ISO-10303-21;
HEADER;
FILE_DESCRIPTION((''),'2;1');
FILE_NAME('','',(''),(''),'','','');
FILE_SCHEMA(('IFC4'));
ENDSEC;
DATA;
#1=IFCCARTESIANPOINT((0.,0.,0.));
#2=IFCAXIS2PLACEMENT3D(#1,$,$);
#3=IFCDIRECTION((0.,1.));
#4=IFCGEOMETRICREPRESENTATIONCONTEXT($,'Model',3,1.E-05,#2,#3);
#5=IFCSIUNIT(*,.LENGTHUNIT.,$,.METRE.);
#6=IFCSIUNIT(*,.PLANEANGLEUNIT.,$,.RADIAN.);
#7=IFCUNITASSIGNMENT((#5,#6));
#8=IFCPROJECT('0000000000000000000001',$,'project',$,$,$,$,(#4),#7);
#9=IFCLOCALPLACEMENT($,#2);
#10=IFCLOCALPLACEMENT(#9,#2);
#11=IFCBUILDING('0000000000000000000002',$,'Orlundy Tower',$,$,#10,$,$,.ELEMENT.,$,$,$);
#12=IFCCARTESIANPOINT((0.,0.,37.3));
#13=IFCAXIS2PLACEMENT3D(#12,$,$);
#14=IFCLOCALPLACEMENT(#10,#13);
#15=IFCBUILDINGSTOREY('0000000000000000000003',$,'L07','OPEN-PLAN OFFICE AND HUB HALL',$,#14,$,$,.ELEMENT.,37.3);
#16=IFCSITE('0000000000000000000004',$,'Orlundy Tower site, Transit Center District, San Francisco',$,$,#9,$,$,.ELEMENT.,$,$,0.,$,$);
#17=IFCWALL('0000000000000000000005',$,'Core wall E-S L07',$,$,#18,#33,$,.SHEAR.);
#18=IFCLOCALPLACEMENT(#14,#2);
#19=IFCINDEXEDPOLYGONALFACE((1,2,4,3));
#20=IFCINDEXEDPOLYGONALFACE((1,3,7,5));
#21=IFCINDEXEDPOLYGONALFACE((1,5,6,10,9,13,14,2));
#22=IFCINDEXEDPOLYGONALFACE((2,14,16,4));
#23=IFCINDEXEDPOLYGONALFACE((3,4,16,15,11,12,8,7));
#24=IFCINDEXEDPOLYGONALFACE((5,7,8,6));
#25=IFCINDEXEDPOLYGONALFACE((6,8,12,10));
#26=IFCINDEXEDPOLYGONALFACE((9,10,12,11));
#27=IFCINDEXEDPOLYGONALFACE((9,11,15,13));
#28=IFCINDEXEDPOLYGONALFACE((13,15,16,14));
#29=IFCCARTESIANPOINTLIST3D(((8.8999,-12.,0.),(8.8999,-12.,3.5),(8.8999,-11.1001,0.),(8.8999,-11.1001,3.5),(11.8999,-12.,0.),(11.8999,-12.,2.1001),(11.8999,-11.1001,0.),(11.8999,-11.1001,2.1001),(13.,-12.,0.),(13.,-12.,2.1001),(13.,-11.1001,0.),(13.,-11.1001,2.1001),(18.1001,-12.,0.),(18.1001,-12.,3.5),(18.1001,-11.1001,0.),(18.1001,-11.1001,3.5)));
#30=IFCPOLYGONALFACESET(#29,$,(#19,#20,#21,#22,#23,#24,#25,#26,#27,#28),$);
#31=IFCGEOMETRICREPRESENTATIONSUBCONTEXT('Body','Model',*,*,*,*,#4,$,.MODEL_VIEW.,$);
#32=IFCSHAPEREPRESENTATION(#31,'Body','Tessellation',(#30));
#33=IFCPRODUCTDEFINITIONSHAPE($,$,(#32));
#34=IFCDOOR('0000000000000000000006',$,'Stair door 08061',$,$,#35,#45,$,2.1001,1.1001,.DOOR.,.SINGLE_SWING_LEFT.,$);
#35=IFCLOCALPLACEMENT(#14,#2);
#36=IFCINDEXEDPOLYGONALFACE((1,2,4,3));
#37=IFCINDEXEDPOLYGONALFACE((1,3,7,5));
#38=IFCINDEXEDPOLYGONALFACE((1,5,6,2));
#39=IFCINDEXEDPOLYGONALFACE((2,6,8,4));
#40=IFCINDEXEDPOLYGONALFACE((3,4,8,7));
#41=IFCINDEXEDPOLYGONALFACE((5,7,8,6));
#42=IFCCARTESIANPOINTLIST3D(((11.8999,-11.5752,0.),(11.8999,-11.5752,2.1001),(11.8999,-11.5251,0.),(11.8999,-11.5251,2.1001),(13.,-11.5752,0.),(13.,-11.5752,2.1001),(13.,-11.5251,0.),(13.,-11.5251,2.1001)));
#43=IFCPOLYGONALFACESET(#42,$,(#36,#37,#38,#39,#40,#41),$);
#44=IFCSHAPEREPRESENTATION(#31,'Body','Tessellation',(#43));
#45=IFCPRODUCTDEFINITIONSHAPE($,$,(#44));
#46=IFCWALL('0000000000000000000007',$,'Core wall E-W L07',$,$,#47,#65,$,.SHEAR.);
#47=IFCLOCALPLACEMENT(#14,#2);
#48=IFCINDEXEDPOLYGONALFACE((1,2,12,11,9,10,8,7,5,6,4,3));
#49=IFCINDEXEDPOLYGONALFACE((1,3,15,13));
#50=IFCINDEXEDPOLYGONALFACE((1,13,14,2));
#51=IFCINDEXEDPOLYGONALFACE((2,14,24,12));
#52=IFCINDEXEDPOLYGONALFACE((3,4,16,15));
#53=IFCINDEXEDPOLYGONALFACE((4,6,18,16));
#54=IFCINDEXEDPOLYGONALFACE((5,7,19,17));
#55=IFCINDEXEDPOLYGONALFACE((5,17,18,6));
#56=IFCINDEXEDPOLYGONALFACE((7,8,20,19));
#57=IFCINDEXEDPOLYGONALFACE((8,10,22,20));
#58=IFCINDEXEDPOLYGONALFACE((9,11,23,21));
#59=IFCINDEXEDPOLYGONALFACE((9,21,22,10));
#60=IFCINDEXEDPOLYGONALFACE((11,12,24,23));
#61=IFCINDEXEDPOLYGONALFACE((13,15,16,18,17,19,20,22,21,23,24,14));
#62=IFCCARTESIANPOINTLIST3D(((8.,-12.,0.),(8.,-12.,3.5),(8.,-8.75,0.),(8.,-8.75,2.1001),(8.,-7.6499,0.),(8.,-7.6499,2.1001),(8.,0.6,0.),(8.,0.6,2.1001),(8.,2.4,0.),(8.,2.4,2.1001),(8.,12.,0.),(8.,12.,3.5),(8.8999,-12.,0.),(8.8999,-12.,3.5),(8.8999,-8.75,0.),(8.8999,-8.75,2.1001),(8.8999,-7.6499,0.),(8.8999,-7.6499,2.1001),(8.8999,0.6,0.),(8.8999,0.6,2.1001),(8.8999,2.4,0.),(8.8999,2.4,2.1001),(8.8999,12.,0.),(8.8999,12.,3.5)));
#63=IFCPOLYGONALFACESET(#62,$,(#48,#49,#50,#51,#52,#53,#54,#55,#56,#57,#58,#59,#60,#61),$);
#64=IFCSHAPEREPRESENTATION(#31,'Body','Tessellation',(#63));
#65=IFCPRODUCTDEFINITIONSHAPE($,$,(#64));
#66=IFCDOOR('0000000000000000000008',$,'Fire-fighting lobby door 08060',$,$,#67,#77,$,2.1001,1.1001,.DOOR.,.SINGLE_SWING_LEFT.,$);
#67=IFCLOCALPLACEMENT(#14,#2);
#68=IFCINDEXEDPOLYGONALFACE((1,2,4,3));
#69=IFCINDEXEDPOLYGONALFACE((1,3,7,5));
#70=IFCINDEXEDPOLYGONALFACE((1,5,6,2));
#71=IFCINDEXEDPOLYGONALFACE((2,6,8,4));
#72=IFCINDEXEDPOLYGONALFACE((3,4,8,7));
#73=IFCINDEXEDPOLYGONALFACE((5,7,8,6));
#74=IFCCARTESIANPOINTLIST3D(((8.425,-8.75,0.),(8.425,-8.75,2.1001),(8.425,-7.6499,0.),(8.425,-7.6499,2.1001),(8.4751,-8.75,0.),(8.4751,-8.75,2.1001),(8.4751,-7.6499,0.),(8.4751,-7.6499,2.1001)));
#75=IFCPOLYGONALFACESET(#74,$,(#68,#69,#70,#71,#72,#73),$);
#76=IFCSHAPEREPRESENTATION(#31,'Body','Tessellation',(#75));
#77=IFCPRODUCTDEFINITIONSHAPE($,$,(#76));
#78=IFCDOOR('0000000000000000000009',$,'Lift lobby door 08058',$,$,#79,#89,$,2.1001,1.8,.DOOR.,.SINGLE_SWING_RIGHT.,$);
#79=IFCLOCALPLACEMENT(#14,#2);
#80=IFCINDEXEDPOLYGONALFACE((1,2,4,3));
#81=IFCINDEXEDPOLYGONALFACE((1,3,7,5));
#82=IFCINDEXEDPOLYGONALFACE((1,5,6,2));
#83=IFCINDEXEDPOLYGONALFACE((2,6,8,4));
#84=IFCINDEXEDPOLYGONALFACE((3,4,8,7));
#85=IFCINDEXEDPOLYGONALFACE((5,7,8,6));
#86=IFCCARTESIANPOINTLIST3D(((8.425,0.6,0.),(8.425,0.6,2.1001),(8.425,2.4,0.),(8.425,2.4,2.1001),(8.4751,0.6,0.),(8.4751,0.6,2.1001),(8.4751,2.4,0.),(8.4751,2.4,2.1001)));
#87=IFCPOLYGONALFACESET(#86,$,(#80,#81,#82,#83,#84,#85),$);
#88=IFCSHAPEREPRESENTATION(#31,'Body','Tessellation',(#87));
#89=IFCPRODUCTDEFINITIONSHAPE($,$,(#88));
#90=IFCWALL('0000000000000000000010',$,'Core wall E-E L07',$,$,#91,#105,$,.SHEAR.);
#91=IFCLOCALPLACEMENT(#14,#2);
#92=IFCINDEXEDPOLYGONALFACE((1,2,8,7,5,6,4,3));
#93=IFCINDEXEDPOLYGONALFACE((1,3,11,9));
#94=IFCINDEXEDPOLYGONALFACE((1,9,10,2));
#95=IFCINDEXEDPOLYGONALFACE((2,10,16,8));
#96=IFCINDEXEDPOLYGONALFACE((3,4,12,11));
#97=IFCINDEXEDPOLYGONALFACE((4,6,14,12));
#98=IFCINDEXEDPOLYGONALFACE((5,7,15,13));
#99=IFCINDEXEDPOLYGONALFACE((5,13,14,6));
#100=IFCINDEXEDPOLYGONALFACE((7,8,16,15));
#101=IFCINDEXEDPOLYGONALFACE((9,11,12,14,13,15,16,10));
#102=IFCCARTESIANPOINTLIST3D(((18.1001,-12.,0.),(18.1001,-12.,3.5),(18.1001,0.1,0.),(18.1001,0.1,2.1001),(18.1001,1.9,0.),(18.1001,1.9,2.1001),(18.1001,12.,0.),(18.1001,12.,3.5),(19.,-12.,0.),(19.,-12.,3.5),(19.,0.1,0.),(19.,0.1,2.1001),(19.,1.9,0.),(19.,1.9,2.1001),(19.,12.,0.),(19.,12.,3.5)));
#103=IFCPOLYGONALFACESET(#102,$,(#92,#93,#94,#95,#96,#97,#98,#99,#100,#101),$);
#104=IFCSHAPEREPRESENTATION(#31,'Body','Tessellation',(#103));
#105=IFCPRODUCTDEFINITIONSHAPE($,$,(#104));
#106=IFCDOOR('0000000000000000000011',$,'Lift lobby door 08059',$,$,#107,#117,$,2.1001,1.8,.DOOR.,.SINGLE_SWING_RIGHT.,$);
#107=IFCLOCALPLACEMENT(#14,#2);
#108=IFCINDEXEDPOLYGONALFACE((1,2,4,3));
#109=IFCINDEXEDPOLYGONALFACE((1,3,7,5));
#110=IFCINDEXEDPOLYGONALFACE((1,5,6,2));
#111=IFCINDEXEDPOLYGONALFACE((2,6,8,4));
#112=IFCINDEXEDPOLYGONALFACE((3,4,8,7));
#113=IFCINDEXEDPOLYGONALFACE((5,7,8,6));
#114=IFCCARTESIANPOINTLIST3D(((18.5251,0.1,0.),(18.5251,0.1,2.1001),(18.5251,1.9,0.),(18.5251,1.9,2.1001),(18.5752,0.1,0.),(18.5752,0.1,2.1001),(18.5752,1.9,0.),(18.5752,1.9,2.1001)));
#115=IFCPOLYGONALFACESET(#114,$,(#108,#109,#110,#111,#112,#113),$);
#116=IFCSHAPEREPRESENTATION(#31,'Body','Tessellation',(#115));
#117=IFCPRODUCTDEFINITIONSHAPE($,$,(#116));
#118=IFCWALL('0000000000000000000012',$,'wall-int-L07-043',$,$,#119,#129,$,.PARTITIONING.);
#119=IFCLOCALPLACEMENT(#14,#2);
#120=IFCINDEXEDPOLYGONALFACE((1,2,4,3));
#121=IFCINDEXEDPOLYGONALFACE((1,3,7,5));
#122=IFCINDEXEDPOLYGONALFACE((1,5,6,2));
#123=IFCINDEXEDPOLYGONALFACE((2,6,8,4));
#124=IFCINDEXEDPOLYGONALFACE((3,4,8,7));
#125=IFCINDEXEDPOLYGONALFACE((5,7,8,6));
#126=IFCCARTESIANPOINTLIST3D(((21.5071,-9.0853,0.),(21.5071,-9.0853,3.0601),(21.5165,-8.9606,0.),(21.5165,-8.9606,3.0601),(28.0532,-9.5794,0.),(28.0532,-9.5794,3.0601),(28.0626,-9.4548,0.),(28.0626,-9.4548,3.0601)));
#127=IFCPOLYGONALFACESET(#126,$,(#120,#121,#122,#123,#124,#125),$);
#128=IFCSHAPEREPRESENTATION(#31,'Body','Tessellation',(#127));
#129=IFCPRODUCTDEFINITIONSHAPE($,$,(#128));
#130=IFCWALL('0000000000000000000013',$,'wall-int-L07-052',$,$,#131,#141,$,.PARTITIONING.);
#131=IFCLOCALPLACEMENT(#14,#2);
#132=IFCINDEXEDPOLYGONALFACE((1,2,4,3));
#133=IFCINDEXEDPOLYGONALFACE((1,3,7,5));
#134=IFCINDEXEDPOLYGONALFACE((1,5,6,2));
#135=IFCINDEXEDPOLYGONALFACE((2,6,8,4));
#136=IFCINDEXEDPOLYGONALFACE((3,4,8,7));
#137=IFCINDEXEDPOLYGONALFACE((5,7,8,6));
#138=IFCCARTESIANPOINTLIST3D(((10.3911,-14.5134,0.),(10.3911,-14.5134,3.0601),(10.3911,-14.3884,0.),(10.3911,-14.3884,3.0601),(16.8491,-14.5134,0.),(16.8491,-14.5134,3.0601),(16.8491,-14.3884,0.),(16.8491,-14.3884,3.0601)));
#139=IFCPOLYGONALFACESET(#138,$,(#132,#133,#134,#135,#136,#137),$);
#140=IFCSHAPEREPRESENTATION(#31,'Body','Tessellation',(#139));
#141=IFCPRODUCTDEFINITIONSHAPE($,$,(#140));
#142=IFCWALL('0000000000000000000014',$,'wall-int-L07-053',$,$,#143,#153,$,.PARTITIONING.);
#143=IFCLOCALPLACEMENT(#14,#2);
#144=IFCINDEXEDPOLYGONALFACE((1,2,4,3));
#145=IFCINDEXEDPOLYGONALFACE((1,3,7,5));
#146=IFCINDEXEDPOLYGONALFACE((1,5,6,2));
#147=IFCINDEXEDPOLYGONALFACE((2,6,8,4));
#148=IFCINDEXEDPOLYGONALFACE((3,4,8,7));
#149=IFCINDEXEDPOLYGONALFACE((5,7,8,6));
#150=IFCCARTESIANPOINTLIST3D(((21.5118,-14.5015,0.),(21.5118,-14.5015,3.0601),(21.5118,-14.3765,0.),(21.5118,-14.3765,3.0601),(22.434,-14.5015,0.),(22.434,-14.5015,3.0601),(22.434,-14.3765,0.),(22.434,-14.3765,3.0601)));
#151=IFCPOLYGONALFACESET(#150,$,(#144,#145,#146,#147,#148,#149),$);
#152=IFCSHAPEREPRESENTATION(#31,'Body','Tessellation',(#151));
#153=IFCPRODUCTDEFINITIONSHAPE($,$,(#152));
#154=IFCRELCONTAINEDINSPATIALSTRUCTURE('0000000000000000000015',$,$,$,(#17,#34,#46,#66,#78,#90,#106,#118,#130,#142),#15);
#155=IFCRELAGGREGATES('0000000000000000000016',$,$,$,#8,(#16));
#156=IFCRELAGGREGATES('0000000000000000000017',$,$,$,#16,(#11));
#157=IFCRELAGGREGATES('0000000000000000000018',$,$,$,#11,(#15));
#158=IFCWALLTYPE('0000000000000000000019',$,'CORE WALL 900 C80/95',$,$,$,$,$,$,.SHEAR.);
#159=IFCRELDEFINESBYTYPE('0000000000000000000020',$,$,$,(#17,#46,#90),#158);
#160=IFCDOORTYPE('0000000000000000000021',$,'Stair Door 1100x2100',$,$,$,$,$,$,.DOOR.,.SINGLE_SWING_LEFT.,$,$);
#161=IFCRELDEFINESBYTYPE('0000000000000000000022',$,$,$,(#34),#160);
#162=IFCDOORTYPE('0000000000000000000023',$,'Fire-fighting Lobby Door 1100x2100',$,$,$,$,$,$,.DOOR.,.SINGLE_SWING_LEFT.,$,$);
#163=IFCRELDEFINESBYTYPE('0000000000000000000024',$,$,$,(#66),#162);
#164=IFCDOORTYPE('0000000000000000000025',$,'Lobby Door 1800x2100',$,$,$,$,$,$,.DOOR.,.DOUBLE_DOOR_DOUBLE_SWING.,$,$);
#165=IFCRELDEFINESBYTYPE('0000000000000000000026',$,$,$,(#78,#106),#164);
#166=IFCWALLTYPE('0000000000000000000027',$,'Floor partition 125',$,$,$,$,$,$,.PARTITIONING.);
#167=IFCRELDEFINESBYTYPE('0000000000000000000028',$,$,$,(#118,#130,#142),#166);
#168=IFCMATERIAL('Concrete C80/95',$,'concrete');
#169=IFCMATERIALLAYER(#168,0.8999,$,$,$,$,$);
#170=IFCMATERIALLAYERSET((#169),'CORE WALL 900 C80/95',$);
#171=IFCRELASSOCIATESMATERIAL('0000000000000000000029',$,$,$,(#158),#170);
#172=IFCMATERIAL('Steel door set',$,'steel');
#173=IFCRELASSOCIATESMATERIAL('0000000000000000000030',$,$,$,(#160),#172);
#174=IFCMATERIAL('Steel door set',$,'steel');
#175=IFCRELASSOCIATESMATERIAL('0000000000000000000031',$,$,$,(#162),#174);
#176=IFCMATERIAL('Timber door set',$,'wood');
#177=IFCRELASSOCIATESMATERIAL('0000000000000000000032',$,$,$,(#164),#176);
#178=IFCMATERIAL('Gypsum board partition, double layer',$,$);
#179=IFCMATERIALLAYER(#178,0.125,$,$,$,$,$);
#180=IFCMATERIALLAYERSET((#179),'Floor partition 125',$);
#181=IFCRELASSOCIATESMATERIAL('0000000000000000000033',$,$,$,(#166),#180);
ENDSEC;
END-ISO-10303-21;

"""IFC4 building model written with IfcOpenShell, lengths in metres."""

from ifc_helpers import new_model, si_unit, direction, frame, frame_2d, origin, place, context, subcontext, project, spatial, rectangle, extrude, material, layer, layer_set, type_object, element, fill, save


model = new_model("IFC4")

# Units and contexts
model_context = context("Model", 3, precision=1e-05, world=origin(), true_north=direction((0.0, 1.0)))
body_context = subcontext(model_context, "Body", "Model", "MODEL_VIEW")
ifc_project = project(units=[si_unit("LENGTHUNIT", "METRE"), si_unit("PLANEANGLEUNIT", "RADIAN")], contexts=[model_context])

# Site, building, storey
site_placement = place(None, origin())
site = spatial("IfcSite", under=ifc_project, at=site_placement, Name="Orlundy Tower site, Transit Center District, San Francisco", CompositionType="ELEMENT", RefElevation=0.0)
building_placement = place(site_placement, origin())
building = spatial("IfcBuilding", under=site, at=building_placement, Name="Orlundy Tower", CompositionType="ELEMENT")
storey_placement = place(building_placement, frame((0.0, 0.0, 37.3)))
storey = spatial("IfcBuildingStorey", under=building, at=storey_placement, Name="L07", Description="OPEN-PLAN OFFICE AND HUB HALL", CompositionType="ELEMENT", Elevation=37.3)

# Wall, opening, door
ifc_material_1 = material(Name="Concrete C80/95", Category="concrete")
ifc_layer_1 = layer(ifc_material_1, 0.8999)
ifc_layer_set_1 = layer_set([ifc_layer_1], Name="CORE WALL 900 C80/95")
wall_type_1 = type_object("IfcWallType", Name="CORE WALL 900 C80/95", PredefinedType="SHEAR", material=ifc_layer_set_1)
wall_1_placement = place(storey_placement, frame((8.8999, -11.55, 0.0), z_axis=(0.0, 0.0, 1.0), x_axis=(1.0, 0.0, 0.0)))
wall_1 = element("IfcWall", 1, at=wall_1_placement, inside=storey, type_object=wall_type_1, Name="Core wall E-S L07", PredefinedType="SHEAR", context=body_context, shape_type="SweptSolid", body=[
    extrude(rectangle(XDim=9.2002, YDim=0.8999, at=frame_2d((4.6001, 0.0))), origin(), (0.0, 0.0, 1.0), 3.5),
])
opening_1_placement = place(wall_1_placement, frame((3.0, 0.0, 0.0)))
opening_1 = element("IfcOpeningElement", 2, at=opening_1_placement, cuts=wall_1, PredefinedType="OPENING", context=body_context, shape_type="SweptSolid", body=[
    extrude(rectangle(XDim=1.1001, YDim=2.1001, at=frame_2d((0.55, 1.05))), frame((0.0, 0.46, 0.0), z_axis=(0.0, -1.0, 0.0), x_axis=(1.0, 0.0, 0.0)), (0.0, 0.0, 1.0), 0.9199),
])
ifc_material_2 = material(Name="Steel door set", Category="steel")
door_type_1 = type_object("IfcDoorType", Name="Stair Door 1100x2100", OperationType="SINGLE_SWING_LEFT", PredefinedType="DOOR", material=ifc_material_2)
door_1_placement = place(opening_1_placement, origin())
door_1 = element("IfcDoor", 3, at=door_1_placement, inside=storey, type_object=door_type_1, Name="Stair door 08061", OperationType="SINGLE_SWING_LEFT", OverallHeight=2.1001, OverallWidth=1.1001, PredefinedType="DOOR", context=body_context, shape_type="SweptSolid", body=[
    extrude(rectangle(XDim=1.1001, YDim=2.1001, at=frame_2d((0.55, 1.05))), frame((0.0, 0.0249, 0.0), z_axis=(0.0, -1.0, 0.0), x_axis=(1.0, 0.0, 0.0)), (0.0, 0.0, 1.0), 0.05),
])
fill(opening_1, door_1)

# Wall, openings, doors
wall_2_placement = place(storey_placement, frame((8.45, -12.0, 0.0), z_axis=(0.0, 0.0, 1.0), x_axis=(0.0, 1.0, 0.0)))
wall_2 = element("IfcWall", 4, at=wall_2_placement, inside=storey, type_object=wall_type_1, Name="Core wall E-W L07", PredefinedType="SHEAR", context=body_context, shape_type="SweptSolid", body=[
    extrude(rectangle(XDim=24.0, YDim=0.8999, at=frame_2d((12.0, 0.0))), origin(), (0.0, 0.0, 1.0), 3.5),
])
opening_2_placement = place(wall_2_placement, frame((12.6001, 0.0, 0.0)))
opening_2 = element("IfcOpeningElement", 5, at=opening_2_placement, cuts=wall_2, PredefinedType="OPENING", context=body_context, shape_type="SweptSolid", body=[
    extrude(rectangle(XDim=1.8, YDim=2.1001, at=frame_2d((0.8999, 1.05))), frame((0.0, 0.46, 0.0), z_axis=(0.0, -1.0, 0.0), x_axis=(1.0, 0.0, 0.0)), (0.0, 0.0, 1.0), 0.9199),
])
opening_3_placement = place(wall_2_placement, frame((3.25, 0.0, 0.0)))
opening_3 = element("IfcOpeningElement", 6, at=opening_3_placement, cuts=wall_2, PredefinedType="OPENING", context=body_context, shape_type="SweptSolid", body=[
    extrude(rectangle(XDim=1.1001, YDim=2.1001, at=frame_2d((0.55, 1.05))), frame((0.0, 0.46, 0.0), z_axis=(0.0, -1.0, 0.0), x_axis=(1.0, 0.0, 0.0)), (0.0, 0.0, 1.0), 0.9199),
])
ifc_material_3 = material(Name="Steel door set", Category="steel")
door_type_2 = type_object("IfcDoorType", Name="Fire-fighting Lobby Door 1100x2100", OperationType="SINGLE_SWING_LEFT", PredefinedType="DOOR", material=ifc_material_3)
door_2_placement = place(opening_3_placement, origin())
door_2 = element("IfcDoor", 7, at=door_2_placement, inside=storey, type_object=door_type_2, Name="Fire-fighting lobby door 08060", OperationType="SINGLE_SWING_LEFT", OverallHeight=2.1001, OverallWidth=1.1001, PredefinedType="DOOR", context=body_context, shape_type="SweptSolid", body=[
    extrude(rectangle(XDim=1.1001, YDim=2.1001, at=frame_2d((0.55, 1.05))), frame((0.0, 0.0249, 0.0), z_axis=(0.0, -1.0, 0.0), x_axis=(1.0, 0.0, 0.0)), (0.0, 0.0, 1.0), 0.05),
])
fill(opening_3, door_2)
ifc_material_4 = material(Name="Timber door set", Category="wood")
door_type_3 = type_object("IfcDoorType", Name="Lobby Door 1800x2100", OperationType="DOUBLE_DOOR_DOUBLE_SWING", PredefinedType="DOOR", material=ifc_material_4)
door_3_placement = place(opening_2_placement, origin())
door_3 = element("IfcDoor", 8, at=door_3_placement, inside=storey, type_object=door_type_3, Name="Lift lobby door 08058", OperationType="SINGLE_SWING_RIGHT", OverallHeight=2.1001, OverallWidth=1.8, PredefinedType="DOOR", context=body_context, shape_type="SweptSolid", body=[
    extrude(rectangle(XDim=1.8, YDim=2.1001, at=frame_2d((0.8999, 1.05))), frame((0.0, 0.0249, 0.0), z_axis=(0.0, -1.0, 0.0), x_axis=(1.0, 0.0, 0.0)), (0.0, 0.0, 1.0), 0.05),
])
fill(opening_2, door_3)

# Wall, opening, door
wall_3_placement = place(storey_placement, frame((18.55, -12.0, 0.0), z_axis=(0.0, 0.0, 1.0), x_axis=(0.0, 1.0, 0.0)))
wall_3 = element("IfcWall", 9, at=wall_3_placement, inside=storey, type_object=wall_type_1, Name="Core wall E-E L07", PredefinedType="SHEAR", context=body_context, shape_type="SweptSolid", body=[
    extrude(rectangle(XDim=24.0, YDim=0.8999, at=frame_2d((12.0, 0.0))), origin(), (0.0, 0.0, 1.0), 3.5),
])
opening_4_placement = place(wall_3_placement, frame((12.1001, 0.0, 0.0)))
opening_4 = element("IfcOpeningElement", 10, at=opening_4_placement, cuts=wall_3, PredefinedType="OPENING", context=body_context, shape_type="SweptSolid", body=[
    extrude(rectangle(XDim=1.8, YDim=2.1001, at=frame_2d((0.8999, 1.05))), frame((0.0, 0.46, 0.0), z_axis=(0.0, -1.0, 0.0), x_axis=(1.0, 0.0, 0.0)), (0.0, 0.0, 1.0), 0.9199),
])
door_4_placement = place(opening_4_placement, origin())
door_4 = element("IfcDoor", 11, at=door_4_placement, inside=storey, type_object=door_type_3, Name="Lift lobby door 08059", OperationType="SINGLE_SWING_RIGHT", OverallHeight=2.1001, OverallWidth=1.8, PredefinedType="DOOR", context=body_context, shape_type="SweptSolid", body=[
    extrude(rectangle(XDim=1.8, YDim=2.1001, at=frame_2d((0.8999, 1.05))), frame((0.0, 0.0249, 0.0), z_axis=(0.0, -1.0, 0.0), x_axis=(1.0, 0.0, 0.0)), (0.0, 0.0, 1.0), 0.05),
])
fill(opening_4, door_4)

# Walls
ifc_material_5 = material(Name="Gypsum board partition, double layer")
ifc_layer_2 = layer(ifc_material_5, 0.125)
ifc_layer_set_2 = layer_set([ifc_layer_2], Name="Floor partition 125")
wall_type_2 = type_object("IfcWallType", Name="Floor partition 125", PredefinedType="PARTITIONING", material=ifc_layer_set_2)
wall_4_placement = place(storey_placement, frame((21.512, -9.0229, 0.0), z_axis=(0.0, 0.0, 1.0), x_axis=(0.997163, -0.075272, 0.0)))
element("IfcWall", 12, at=wall_4_placement, inside=storey, type_object=wall_type_2, Name="wall-int-L07-043", PredefinedType="PARTITIONING", context=body_context, shape_type="SweptSolid", body=[
    extrude(rectangle(XDim=6.5647, YDim=0.125, at=frame_2d((3.2822, 0.0))), origin(), (0.0, 0.0, 1.0), 3.0601),
])
wall_5_placement = place(storey_placement, frame((10.3911, -14.4509, 0.0), z_axis=(0.0, 0.0, 1.0), x_axis=(1.0, 0.0, 0.0)))
element("IfcWall", 13, at=wall_5_placement, inside=storey, type_object=wall_type_2, Name="wall-int-L07-052", PredefinedType="PARTITIONING", context=body_context, shape_type="SweptSolid", body=[
    extrude(rectangle(XDim=6.458, YDim=0.125, at=frame_2d((3.229, 0.0))), origin(), (0.0, 0.0, 1.0), 3.0601),
])
wall_6_placement = place(storey_placement, frame((21.512, -14.439, 0.0), z_axis=(0.0, 0.0, 1.0), x_axis=(1.0, 0.0, 0.0)))
element("IfcWall", 14, at=wall_6_placement, inside=storey, type_object=wall_type_2, Name="wall-int-L07-053", PredefinedType="PARTITIONING", context=body_context, shape_type="SweptSolid", body=[
    extrude(rectangle(XDim=0.9221, YDim=0.125, at=frame_2d((0.4609, 0.0))), origin(), (0.0, 0.0, 1.0), 3.0601),
])

save(model, "model.ifc")
